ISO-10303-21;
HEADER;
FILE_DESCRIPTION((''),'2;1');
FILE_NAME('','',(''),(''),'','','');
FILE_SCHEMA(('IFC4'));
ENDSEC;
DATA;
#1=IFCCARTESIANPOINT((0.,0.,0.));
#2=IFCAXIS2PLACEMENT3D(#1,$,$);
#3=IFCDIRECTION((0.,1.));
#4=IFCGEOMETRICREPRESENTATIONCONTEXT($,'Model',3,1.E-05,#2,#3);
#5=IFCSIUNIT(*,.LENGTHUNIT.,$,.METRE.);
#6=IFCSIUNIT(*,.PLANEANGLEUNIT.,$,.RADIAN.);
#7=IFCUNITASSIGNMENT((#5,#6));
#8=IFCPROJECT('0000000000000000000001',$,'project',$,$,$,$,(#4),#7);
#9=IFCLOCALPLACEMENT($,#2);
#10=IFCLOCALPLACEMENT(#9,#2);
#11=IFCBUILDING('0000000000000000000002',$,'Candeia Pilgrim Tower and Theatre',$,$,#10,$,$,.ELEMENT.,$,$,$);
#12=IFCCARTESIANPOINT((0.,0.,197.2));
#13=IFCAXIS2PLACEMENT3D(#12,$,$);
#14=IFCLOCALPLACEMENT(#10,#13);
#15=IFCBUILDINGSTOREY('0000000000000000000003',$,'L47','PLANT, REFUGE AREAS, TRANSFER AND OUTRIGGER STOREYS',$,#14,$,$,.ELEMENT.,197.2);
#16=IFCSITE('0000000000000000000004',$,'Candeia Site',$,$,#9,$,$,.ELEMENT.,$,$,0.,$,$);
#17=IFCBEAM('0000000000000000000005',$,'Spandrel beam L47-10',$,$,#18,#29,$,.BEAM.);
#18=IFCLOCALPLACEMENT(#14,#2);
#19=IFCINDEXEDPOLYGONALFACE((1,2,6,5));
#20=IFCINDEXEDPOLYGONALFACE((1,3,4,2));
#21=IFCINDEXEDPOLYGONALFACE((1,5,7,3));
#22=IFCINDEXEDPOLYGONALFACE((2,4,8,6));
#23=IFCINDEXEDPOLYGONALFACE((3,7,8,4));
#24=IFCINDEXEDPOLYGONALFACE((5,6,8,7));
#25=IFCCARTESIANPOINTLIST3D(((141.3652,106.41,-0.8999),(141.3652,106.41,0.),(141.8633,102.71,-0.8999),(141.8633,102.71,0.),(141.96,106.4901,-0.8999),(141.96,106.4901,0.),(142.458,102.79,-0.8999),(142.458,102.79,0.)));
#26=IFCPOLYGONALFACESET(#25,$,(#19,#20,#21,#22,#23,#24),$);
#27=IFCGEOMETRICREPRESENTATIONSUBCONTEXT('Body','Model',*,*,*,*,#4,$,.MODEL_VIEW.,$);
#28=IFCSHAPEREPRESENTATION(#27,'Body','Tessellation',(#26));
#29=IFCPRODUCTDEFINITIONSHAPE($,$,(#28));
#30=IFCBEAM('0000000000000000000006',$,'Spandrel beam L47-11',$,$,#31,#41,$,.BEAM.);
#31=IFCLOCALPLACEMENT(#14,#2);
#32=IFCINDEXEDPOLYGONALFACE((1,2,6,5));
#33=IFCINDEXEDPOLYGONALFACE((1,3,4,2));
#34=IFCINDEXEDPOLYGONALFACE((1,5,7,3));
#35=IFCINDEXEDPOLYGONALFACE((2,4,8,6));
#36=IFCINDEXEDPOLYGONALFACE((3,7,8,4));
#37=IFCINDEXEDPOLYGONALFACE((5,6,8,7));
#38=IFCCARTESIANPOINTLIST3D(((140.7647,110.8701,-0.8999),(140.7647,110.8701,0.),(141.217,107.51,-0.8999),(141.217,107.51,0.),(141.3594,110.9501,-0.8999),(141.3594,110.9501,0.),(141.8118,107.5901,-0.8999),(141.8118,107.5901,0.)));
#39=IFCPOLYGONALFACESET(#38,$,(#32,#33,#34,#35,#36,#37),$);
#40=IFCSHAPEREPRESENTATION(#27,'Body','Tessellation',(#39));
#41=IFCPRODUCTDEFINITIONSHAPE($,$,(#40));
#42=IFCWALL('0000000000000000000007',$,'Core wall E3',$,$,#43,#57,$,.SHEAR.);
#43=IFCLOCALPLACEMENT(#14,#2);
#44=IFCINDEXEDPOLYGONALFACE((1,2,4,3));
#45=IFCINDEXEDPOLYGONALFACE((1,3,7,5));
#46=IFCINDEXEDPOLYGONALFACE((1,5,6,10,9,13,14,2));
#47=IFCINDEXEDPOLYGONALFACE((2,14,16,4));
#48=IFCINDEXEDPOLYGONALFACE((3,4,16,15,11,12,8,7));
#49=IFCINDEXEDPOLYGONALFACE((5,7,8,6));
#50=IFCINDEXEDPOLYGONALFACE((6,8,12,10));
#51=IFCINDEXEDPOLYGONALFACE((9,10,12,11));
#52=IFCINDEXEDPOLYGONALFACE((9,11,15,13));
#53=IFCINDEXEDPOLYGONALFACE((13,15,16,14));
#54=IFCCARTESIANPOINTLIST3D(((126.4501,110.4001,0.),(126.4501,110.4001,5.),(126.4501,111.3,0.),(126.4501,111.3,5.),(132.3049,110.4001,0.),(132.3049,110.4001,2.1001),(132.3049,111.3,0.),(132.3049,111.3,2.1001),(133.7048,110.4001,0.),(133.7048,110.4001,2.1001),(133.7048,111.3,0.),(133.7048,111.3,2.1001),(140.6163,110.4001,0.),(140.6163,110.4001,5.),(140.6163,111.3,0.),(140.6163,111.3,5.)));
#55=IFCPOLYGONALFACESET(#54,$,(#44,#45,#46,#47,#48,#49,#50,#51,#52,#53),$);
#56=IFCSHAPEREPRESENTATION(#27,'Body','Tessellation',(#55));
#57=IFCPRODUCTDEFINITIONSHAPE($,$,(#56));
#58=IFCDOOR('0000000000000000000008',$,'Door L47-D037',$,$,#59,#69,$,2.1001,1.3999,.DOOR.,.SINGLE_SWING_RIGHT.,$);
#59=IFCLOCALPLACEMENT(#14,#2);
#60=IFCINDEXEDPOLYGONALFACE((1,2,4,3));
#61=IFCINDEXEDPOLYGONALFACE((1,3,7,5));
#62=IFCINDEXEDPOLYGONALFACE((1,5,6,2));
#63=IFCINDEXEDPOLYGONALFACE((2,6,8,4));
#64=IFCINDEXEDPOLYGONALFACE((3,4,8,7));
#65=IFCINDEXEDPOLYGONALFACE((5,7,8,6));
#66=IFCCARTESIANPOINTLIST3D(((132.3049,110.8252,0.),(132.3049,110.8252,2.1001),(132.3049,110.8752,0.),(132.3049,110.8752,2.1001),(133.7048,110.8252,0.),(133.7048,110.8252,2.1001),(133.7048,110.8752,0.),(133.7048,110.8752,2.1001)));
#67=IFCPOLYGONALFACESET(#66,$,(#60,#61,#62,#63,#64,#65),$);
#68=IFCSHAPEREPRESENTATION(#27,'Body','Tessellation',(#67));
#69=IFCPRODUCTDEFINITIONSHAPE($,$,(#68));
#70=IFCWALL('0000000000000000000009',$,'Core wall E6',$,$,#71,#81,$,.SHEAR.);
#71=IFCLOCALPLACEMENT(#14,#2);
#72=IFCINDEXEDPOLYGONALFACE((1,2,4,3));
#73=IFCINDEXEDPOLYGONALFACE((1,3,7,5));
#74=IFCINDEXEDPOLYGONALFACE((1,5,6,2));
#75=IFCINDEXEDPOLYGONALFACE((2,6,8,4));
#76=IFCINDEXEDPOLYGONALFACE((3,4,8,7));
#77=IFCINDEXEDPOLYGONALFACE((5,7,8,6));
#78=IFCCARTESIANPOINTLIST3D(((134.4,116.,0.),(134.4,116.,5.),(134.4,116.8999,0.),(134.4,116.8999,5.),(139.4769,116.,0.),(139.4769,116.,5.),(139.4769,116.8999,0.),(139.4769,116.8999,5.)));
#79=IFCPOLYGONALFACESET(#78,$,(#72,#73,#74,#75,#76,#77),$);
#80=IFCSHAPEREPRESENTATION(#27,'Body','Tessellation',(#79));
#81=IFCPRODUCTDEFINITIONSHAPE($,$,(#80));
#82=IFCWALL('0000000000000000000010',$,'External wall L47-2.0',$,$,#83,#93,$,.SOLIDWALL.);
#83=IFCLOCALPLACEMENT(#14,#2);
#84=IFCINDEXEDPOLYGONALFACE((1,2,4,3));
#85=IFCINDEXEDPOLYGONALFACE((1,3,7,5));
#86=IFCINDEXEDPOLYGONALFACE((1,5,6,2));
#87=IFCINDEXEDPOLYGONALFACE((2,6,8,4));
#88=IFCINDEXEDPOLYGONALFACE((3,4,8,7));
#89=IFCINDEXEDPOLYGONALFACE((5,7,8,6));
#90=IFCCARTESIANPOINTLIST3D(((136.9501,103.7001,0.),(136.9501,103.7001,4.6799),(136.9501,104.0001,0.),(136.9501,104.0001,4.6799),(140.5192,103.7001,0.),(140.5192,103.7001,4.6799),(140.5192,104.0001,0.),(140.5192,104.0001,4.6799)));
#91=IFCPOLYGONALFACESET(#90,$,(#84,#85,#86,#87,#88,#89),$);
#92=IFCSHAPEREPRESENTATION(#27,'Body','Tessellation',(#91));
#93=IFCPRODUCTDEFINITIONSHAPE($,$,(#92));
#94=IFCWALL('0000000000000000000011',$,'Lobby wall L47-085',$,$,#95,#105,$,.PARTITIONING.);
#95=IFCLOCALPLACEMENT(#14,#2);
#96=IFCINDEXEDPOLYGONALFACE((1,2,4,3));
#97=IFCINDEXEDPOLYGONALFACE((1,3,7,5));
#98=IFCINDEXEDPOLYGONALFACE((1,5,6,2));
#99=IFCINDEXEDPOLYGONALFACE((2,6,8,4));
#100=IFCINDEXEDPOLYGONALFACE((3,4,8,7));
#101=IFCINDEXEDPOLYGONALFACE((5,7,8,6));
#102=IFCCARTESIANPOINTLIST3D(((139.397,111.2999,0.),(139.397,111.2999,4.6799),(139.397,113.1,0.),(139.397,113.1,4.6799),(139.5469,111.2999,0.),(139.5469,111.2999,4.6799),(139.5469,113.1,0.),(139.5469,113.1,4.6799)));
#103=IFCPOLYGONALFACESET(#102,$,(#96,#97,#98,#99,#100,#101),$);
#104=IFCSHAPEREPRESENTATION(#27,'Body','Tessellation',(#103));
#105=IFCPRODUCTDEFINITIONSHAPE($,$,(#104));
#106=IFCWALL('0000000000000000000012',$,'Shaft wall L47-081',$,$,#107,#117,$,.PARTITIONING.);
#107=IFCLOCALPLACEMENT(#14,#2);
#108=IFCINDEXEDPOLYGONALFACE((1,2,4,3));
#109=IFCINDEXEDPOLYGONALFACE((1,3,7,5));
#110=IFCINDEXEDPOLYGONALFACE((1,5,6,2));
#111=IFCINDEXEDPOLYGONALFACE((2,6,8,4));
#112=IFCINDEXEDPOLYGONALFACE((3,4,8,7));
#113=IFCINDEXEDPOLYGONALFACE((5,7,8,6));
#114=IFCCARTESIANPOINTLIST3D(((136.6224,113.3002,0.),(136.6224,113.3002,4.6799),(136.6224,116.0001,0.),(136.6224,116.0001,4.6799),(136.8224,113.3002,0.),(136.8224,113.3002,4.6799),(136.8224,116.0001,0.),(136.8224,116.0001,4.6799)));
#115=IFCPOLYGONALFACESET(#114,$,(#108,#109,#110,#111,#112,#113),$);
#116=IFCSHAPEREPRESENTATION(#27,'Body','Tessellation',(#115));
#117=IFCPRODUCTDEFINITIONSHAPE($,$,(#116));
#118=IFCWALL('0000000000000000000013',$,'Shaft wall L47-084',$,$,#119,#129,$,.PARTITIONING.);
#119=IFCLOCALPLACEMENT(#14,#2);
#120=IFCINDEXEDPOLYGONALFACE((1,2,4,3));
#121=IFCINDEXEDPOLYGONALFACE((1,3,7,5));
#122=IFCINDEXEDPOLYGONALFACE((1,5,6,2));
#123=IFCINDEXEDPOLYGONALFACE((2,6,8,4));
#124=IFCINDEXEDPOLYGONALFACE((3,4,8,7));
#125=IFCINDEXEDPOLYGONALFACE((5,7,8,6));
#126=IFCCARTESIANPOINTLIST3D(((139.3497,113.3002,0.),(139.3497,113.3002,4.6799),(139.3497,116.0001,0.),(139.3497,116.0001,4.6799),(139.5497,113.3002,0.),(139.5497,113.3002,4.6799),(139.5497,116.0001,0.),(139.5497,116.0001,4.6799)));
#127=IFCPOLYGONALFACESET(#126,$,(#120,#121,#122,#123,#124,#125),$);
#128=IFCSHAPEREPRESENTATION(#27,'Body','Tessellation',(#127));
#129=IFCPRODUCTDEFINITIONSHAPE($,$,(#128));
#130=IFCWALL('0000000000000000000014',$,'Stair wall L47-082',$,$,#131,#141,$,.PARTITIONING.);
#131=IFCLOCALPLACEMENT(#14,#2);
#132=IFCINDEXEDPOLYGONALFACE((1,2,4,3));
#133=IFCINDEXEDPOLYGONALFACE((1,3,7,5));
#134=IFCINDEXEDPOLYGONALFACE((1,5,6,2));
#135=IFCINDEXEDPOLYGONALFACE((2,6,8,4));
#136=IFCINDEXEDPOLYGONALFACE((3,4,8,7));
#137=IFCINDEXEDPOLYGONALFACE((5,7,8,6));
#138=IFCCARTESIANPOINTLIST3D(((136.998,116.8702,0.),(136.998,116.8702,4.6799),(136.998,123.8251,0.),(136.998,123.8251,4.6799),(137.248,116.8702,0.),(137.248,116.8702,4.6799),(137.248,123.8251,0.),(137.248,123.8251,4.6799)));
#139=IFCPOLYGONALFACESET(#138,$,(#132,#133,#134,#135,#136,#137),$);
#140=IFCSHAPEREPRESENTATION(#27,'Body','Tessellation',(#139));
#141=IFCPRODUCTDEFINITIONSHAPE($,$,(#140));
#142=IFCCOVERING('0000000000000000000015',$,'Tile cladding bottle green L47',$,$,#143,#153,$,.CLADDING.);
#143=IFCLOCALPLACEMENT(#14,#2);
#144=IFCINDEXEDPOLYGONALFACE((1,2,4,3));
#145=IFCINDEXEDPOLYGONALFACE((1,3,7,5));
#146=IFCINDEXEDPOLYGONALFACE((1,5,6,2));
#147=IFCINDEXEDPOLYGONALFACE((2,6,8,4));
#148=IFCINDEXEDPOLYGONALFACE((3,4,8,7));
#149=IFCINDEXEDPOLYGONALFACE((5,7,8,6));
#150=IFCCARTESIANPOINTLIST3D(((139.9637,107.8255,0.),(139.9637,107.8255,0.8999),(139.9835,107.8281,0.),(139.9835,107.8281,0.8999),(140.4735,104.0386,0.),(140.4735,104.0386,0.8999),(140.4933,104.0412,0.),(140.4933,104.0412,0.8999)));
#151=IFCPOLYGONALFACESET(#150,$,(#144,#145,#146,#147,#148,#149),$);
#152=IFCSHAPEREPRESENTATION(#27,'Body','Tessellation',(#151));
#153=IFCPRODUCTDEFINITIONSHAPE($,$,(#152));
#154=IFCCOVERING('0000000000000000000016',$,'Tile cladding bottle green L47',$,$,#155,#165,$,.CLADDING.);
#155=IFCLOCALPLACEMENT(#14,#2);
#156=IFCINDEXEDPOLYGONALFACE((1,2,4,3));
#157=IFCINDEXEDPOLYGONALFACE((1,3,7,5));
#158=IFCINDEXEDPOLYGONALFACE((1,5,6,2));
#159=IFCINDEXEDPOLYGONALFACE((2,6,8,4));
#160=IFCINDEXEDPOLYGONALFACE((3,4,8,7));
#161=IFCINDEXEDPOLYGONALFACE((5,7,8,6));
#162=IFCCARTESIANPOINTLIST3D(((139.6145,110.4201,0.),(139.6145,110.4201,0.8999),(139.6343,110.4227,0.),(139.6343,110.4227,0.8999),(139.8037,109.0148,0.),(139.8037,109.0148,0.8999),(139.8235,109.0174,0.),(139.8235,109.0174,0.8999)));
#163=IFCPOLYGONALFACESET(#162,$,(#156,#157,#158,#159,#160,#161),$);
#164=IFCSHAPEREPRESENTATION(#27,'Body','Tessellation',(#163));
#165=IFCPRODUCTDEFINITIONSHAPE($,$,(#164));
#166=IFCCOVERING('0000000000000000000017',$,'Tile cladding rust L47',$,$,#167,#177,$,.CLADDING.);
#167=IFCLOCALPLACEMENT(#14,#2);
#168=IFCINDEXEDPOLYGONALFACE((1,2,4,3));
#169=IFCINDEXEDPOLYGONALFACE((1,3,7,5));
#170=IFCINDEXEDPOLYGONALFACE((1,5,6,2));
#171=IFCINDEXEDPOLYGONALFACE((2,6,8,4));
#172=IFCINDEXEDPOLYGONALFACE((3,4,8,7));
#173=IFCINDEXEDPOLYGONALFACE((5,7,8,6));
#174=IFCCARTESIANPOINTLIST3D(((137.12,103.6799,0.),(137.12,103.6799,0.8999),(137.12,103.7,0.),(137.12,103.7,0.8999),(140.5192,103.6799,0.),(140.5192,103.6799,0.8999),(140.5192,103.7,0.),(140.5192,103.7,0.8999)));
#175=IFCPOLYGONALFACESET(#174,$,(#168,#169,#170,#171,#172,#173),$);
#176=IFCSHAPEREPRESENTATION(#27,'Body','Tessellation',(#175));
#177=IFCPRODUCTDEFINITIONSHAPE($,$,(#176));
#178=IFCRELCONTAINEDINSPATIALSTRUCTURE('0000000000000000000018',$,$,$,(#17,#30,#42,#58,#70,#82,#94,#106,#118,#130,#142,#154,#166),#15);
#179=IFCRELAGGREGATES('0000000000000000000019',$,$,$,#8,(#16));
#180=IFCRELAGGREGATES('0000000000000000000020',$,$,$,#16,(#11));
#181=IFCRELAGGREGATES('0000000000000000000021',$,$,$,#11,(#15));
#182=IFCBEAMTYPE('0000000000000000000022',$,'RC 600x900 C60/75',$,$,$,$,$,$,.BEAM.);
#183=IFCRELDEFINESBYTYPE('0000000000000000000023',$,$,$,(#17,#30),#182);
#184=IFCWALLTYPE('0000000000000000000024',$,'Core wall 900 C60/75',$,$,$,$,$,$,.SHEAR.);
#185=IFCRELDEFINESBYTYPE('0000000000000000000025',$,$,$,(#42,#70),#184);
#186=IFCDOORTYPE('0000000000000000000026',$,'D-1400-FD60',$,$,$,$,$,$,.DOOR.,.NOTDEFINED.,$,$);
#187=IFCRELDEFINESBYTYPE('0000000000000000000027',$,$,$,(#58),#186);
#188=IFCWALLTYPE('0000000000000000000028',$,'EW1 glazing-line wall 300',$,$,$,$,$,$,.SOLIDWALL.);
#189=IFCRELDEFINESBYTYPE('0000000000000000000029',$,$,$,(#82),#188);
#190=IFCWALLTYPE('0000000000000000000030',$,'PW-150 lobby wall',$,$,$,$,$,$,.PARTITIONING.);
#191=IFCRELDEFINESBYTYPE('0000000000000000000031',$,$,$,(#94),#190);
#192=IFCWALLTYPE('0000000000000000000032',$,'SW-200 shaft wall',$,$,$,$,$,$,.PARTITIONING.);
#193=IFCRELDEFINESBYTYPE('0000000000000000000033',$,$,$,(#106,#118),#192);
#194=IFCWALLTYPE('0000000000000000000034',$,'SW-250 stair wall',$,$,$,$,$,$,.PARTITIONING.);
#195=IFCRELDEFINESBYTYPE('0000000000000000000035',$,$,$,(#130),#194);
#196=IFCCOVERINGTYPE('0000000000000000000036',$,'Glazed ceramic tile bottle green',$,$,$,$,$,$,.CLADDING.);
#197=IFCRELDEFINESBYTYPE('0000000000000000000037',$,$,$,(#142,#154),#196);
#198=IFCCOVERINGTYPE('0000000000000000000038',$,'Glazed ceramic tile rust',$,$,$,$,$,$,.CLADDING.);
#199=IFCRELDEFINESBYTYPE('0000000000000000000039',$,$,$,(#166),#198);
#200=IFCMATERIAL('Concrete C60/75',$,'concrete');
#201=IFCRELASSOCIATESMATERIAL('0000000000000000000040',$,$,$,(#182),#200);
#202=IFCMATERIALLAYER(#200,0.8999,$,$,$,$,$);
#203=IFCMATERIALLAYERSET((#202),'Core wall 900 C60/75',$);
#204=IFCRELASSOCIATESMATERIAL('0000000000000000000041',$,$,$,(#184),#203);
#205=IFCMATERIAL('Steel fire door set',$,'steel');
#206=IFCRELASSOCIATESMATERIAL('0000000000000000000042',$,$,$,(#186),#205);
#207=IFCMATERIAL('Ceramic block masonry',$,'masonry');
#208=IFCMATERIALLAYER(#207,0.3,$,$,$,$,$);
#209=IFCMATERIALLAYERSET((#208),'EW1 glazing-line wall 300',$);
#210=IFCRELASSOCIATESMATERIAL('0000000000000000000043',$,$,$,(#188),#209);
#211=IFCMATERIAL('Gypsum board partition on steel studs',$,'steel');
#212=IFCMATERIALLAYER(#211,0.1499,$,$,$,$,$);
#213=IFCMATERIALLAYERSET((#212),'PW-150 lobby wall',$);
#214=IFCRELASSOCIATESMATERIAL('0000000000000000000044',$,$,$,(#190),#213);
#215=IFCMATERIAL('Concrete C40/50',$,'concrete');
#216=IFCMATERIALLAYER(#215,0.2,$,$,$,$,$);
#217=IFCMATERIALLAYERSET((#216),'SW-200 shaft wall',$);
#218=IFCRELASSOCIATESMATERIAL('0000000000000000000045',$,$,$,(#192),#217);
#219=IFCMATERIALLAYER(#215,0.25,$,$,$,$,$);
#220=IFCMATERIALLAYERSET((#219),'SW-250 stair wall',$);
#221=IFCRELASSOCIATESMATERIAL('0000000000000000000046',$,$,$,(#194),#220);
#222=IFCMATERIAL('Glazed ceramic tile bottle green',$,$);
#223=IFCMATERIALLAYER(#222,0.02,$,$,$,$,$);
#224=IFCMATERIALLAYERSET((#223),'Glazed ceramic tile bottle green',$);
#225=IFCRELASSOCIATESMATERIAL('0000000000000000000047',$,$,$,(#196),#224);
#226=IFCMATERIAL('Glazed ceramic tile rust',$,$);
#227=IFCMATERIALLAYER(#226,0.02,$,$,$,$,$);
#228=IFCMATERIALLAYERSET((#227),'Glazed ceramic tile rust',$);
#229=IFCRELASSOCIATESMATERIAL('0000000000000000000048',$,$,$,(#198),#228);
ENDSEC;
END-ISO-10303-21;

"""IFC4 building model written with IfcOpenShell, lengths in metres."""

from ifc_helpers import new_model, si_unit, direction, frame, frame_2d, origin, origin_2d, place, context, subcontext, project, spatial, rectangle, extrude, material, layer, layer_set, material_profile, profile_set, type_object, element, fill, save


model = new_model("IFC4")

# Units and contexts
model_context = context("Model", 3, precision=1e-05, world=origin(), true_north=direction((0.0, 1.0)))
body_context = subcontext(model_context, "Body", "Model", "MODEL_VIEW")
ifc_project = project(units=[si_unit("LENGTHUNIT", "METRE"), si_unit("PLANEANGLEUNIT", "RADIAN")], contexts=[model_context])

# Site, building, storey
site_placement = place(None, origin())
site = spatial("IfcSite", under=ifc_project, at=site_placement, Name="Candeia Site", CompositionType="ELEMENT", RefElevation=0.0)
building_placement = place(site_placement, origin())
building = spatial("IfcBuilding", under=site, at=building_placement, Name="Candeia Pilgrim Tower and Theatre", CompositionType="ELEMENT")
storey_placement = place(building_placement, frame((0.0, 0.0, 197.2)))
storey = spatial("IfcBuildingStorey", under=building, at=storey_placement, Name="L47", Description="PLANT, REFUGE AREAS, TRANSFER AND OUTRIGGER STOREYS", CompositionType="ELEMENT", Elevation=197.2)

# Shared definitions
ifc_material_1 = material(Name="Concrete C60/75", Category="concrete")

# Beams
ifc_material_profile_1 = material_profile(ifc_material_1, rectangle(XDim=0.6001, YDim=0.8999, at=origin_2d()))
ifc_profile_set_1 = profile_set([ifc_material_profile_1], Name="Concrete C60/75")
beam_type = type_object("IfcBeamType", Name="RC 600x900 C60/75", PredefinedType="BEAM", material=ifc_profile_set_1)
beam_1_placement = place(storey_placement, frame((142.1606, 102.75, -0.45), z_axis=(-0.133406, 0.991061, 0.0), x_axis=(-0.991061, -0.133406, 0.0)))
element("IfcBeam", 1, at=beam_1_placement, inside=storey, type_object=beam_type, Name="Spandrel beam L47-10", PredefinedType="BEAM", context=body_context, shape_type="SweptSolid", body=[
    extrude(rectangle(XDim=0.6001, YDim=0.8999, at=origin_2d()), origin(), (0.0, 0.0, 1.0), 3.7334),
])
beam_2_placement = place(storey_placement, frame((141.5144, 107.55, -0.45), z_axis=(-0.133432, 0.991058, 0.0), x_axis=(-0.991058, -0.133432, 0.0)))
element("IfcBeam", 2, at=beam_2_placement, inside=storey, type_object=beam_type, Name="Spandrel beam L47-11", PredefinedType="BEAM", context=body_context, shape_type="SweptSolid", body=[
    extrude(rectangle(XDim=0.6001, YDim=0.8999, at=origin_2d()), origin(), (0.0, 0.0, 1.0), 3.3904),
])

# Wall, opening, door
ifc_layer_1 = layer(ifc_material_1, 0.8999)
ifc_layer_set_1 = layer_set([ifc_layer_1], Name="Core wall 900 C60/75")
wall_type_1 = type_object("IfcWallType", Name="Core wall 900 C60/75", PredefinedType="SHEAR", material=ifc_layer_set_1)
wall_1_placement = place(storey_placement, frame((140.6162, 110.8501, 0.0), z_axis=(0.0, 0.0, 1.0), x_axis=(-1.0, 0.0, 0.0)))
wall_1 = element("IfcWall", 3, at=wall_1_placement, inside=storey, type_object=wall_type_1, Name="Core wall E3", PredefinedType="SHEAR", context=body_context, shape_type="SweptSolid", body=[
    extrude(rectangle(XDim=14.1663, YDim=0.8999, at=frame_2d((7.083, 0.0))), origin(), (0.0, 0.0, 1.0), 5.0),
])
opening_1_placement = place(wall_1_placement, frame((6.9114, 0.0, 0.0)))
opening_1 = element("IfcOpeningElement", 4, at=opening_1_placement, cuts=wall_1, PredefinedType="OPENING", context=body_context, shape_type="SweptSolid", body=[
    extrude(rectangle(XDim=1.3999, YDim=2.1001, at=frame_2d((0.7, 1.05))), frame((0.0, 0.46, 0.0), z_axis=(0.0, -1.0, 0.0), x_axis=(1.0, 0.0, 0.0)), (0.0, 0.0, 1.0), 0.9199),
])
ifc_material_2 = material(Name="Steel fire door set", Category="steel")
door_type_1 = type_object("IfcDoorType", Name="D-1400-FD60", OperationType="NOTDEFINED", PredefinedType="DOOR", material=ifc_material_2)
door_1_placement = place(opening_1_placement, origin())
door_1 = element("IfcDoor", 5, at=door_1_placement, inside=storey, type_object=door_type_1, Name="Door L47-D037", OperationType="SINGLE_SWING_RIGHT", OverallHeight=2.1001, OverallWidth=1.3999, PredefinedType="DOOR", context=body_context, shape_type="SweptSolid", body=[
    extrude(rectangle(XDim=1.3999, YDim=2.1001, at=frame_2d((0.7, 1.05))), frame((0.0, 0.0249, 0.0), z_axis=(0.0, -1.0, 0.0), x_axis=(1.0, 0.0, 0.0)), (0.0, 0.0, 1.0), 0.05),
])
fill(opening_1, door_1)

# Walls
wall_2_placement = place(storey_placement, frame((134.3999, 116.45, 0.0), z_axis=(0.0, 0.0, 1.0), x_axis=(1.0, 0.0, 0.0)))
element("IfcWall", 6, at=wall_2_placement, inside=storey, type_object=wall_type_1, Name="Core wall E6", PredefinedType="SHEAR", context=body_context, shape_type="SweptSolid", body=[
    extrude(rectangle(XDim=5.0769, YDim=0.8999, at=frame_2d((2.5386, 0.0))), origin(), (0.0, 0.0, 1.0), 5.0),
])
ifc_material_3 = material(Name="Ceramic block masonry", Category="masonry")
ifc_layer_2 = layer(ifc_material_3, 0.3)
ifc_layer_set_2 = layer_set([ifc_layer_2], Name="EW1 glazing-line wall 300")
wall_type_2 = type_object("IfcWallType", Name="EW1 glazing-line wall 300", PredefinedType="SOLIDWALL", material=ifc_layer_set_2)
wall_3_placement = place(storey_placement, frame((136.95, 103.8501, 0.0), z_axis=(0.0, 0.0, 1.0), x_axis=(1.0, 0.0, 0.0)))
element("IfcWall", 7, at=wall_3_placement, inside=storey, type_object=wall_type_2, Name="External wall L47-2.0", PredefinedType="SOLIDWALL", context=body_context, shape_type="SweptSolid", body=[
    extrude(rectangle(XDim=3.5691, YDim=0.3, at=frame_2d((1.7847, 0.0))), origin(), (0.0, 0.0, 1.0), 4.6799),
])

# Walls
ifc_material_4 = material(Name="Gypsum board partition on steel studs", Category="steel")
ifc_layer_3 = layer(ifc_material_4, 0.1499)
ifc_layer_set_3 = layer_set([ifc_layer_3], Name="PW-150 lobby wall")
wall_type_3 = type_object("IfcWallType", Name="PW-150 lobby wall", PredefinedType="PARTITIONING", material=ifc_layer_set_3)
wall_4_placement = place(storey_placement, frame((139.4719, 111.3, 0.0), z_axis=(0.0, 0.0, 1.0), x_axis=(0.0, 1.0, 0.0)))
element("IfcWall", 8, at=wall_4_placement, inside=storey, type_object=wall_type_3, Name="Lobby wall L47-085", PredefinedType="PARTITIONING", context=body_context, shape_type="SweptSolid", body=[
    extrude(rectangle(XDim=1.8, YDim=0.1499, at=frame_2d((0.8999, 0.0))), origin(), (0.0, 0.0, 1.0), 4.6799),
])
ifc_material_5 = material(Name="Concrete C40/50", Category="concrete")
ifc_layer_4 = layer(ifc_material_5, 0.2)
ifc_layer_set_4 = layer_set([ifc_layer_4], Name="SW-200 shaft wall")
wall_type_4 = type_object("IfcWallType", Name="SW-200 shaft wall", PredefinedType="PARTITIONING", material=ifc_layer_set_4)
for number, where, z_axis, x_axis, name in (
    (9, (136.7224, 113.3, 0.0), (0.0, 0.0, 1.0), (0.0, 1.0, 0.0), "Shaft wall L47-081"),
    (10, (139.4497, 113.3, 0.0), (0.0, 0.0, 1.0), (0.0, 1.0, 0.0), "Shaft wall L47-084"),
):
    element("IfcWall", number, at=place(storey_placement, frame(where, z_axis=z_axis, x_axis=x_axis)), inside=storey, type_object=wall_type_4, Name=name, PredefinedType="PARTITIONING", context=body_context, shape_type="SweptSolid", body=[
        extrude(rectangle(XDim=2.7, YDim=0.2, at=frame_2d((1.3501, 0.0))), origin(), (0.0, 0.0, 1.0), 4.6799),
    ])
ifc_layer_5 = layer(ifc_material_5, 0.25)
ifc_layer_set_5 = layer_set([ifc_layer_5], Name="SW-250 stair wall")
wall_type_5 = type_object("IfcWallType", Name="SW-250 stair wall", PredefinedType="PARTITIONING", material=ifc_layer_set_5)
wall_5_placement = place(storey_placement, frame((137.123, 116.8701, 0.0), z_axis=(0.0, 0.0, 1.0), x_axis=(0.0, 1.0, 0.0)))
element("IfcWall", 11, at=wall_5_placement, inside=storey, type_object=wall_type_5, Name="Stair wall L47-082", PredefinedType="PARTITIONING", context=body_context, shape_type="SweptSolid", body=[
    extrude(rectangle(XDim=6.9548, YDim=0.25, at=frame_2d((3.4775, 0.0))), origin(), (0.0, 0.0, 1.0), 4.6799),
])

# Coverings
ifc_material_6 = material(Name="Glazed ceramic tile bottle green")
ifc_layer_6 = layer(ifc_material_6, 0.02)
ifc_layer_set_6 = layer_set([ifc_layer_6], Name="Glazed ceramic tile bottle green")
covering_type_1 = type_object("IfcCoveringType", Name="Glazed ceramic tile bottle green", PredefinedType="CLADDING", material=ifc_layer_set_6)
covering_1_placement = place(storey_placement, frame((140.2285, 105.9333, 0.0), z_axis=(0.0, 0.0, 1.0), x_axis=(-0.133412, 0.991061, 0.0)))
element("IfcCovering", 12, at=covering_1_placement, inside=storey, type_object=covering_type_1, Name="Tile cladding bottle green L47", PredefinedType="CLADDING", context=body_context, shape_type="SweptSolid", body=[
    extrude(rectangle(XDim=3.821, YDim=0.02, at=origin_2d()), origin(), (0.0, 0.0, 1.0), 0.8999),
])
covering_2_placement = place(storey_placement, frame((139.719, 109.7188, 0.0), z_axis=(0.0, 0.0, 1.0), x_axis=(-0.133412, 0.991061, 0.0)))
element("IfcCovering", 13, at=covering_2_placement, inside=storey, type_object=covering_type_1, Name="Tile cladding bottle green L47", PredefinedType="CLADDING", context=body_context, shape_type="SweptSolid", body=[
    extrude(rectangle(XDim=1.418, YDim=0.02, at=origin_2d()), origin(), (0.0, 0.0, 1.0), 0.8999),
])
ifc_material_7 = material(Name="Glazed ceramic tile rust")
ifc_layer_7 = layer(ifc_material_7, 0.02)
ifc_layer_set_7 = layer_set([ifc_layer_7], Name="Glazed ceramic tile rust")
covering_type_2 = type_object("IfcCoveringType", Name="Glazed ceramic tile rust", PredefinedType="CLADDING", material=ifc_layer_set_7)
covering_3_placement = place(storey_placement, frame((138.8196, 103.6899, 0.0), z_axis=(0.0, 0.0, 1.0), x_axis=(1.0, 0.0, 0.0)))
element("IfcCovering", 14, at=covering_3_placement, inside=storey, type_object=covering_type_2, Name="Tile cladding rust L47", PredefinedType="CLADDING", context=body_context, shape_type="SweptSolid", body=[
    extrude(rectangle(XDim=3.3992, YDim=0.02, at=origin_2d()), origin(), (0.0, 0.0, 1.0), 0.8999),
])

save(model, "model.ifc")
